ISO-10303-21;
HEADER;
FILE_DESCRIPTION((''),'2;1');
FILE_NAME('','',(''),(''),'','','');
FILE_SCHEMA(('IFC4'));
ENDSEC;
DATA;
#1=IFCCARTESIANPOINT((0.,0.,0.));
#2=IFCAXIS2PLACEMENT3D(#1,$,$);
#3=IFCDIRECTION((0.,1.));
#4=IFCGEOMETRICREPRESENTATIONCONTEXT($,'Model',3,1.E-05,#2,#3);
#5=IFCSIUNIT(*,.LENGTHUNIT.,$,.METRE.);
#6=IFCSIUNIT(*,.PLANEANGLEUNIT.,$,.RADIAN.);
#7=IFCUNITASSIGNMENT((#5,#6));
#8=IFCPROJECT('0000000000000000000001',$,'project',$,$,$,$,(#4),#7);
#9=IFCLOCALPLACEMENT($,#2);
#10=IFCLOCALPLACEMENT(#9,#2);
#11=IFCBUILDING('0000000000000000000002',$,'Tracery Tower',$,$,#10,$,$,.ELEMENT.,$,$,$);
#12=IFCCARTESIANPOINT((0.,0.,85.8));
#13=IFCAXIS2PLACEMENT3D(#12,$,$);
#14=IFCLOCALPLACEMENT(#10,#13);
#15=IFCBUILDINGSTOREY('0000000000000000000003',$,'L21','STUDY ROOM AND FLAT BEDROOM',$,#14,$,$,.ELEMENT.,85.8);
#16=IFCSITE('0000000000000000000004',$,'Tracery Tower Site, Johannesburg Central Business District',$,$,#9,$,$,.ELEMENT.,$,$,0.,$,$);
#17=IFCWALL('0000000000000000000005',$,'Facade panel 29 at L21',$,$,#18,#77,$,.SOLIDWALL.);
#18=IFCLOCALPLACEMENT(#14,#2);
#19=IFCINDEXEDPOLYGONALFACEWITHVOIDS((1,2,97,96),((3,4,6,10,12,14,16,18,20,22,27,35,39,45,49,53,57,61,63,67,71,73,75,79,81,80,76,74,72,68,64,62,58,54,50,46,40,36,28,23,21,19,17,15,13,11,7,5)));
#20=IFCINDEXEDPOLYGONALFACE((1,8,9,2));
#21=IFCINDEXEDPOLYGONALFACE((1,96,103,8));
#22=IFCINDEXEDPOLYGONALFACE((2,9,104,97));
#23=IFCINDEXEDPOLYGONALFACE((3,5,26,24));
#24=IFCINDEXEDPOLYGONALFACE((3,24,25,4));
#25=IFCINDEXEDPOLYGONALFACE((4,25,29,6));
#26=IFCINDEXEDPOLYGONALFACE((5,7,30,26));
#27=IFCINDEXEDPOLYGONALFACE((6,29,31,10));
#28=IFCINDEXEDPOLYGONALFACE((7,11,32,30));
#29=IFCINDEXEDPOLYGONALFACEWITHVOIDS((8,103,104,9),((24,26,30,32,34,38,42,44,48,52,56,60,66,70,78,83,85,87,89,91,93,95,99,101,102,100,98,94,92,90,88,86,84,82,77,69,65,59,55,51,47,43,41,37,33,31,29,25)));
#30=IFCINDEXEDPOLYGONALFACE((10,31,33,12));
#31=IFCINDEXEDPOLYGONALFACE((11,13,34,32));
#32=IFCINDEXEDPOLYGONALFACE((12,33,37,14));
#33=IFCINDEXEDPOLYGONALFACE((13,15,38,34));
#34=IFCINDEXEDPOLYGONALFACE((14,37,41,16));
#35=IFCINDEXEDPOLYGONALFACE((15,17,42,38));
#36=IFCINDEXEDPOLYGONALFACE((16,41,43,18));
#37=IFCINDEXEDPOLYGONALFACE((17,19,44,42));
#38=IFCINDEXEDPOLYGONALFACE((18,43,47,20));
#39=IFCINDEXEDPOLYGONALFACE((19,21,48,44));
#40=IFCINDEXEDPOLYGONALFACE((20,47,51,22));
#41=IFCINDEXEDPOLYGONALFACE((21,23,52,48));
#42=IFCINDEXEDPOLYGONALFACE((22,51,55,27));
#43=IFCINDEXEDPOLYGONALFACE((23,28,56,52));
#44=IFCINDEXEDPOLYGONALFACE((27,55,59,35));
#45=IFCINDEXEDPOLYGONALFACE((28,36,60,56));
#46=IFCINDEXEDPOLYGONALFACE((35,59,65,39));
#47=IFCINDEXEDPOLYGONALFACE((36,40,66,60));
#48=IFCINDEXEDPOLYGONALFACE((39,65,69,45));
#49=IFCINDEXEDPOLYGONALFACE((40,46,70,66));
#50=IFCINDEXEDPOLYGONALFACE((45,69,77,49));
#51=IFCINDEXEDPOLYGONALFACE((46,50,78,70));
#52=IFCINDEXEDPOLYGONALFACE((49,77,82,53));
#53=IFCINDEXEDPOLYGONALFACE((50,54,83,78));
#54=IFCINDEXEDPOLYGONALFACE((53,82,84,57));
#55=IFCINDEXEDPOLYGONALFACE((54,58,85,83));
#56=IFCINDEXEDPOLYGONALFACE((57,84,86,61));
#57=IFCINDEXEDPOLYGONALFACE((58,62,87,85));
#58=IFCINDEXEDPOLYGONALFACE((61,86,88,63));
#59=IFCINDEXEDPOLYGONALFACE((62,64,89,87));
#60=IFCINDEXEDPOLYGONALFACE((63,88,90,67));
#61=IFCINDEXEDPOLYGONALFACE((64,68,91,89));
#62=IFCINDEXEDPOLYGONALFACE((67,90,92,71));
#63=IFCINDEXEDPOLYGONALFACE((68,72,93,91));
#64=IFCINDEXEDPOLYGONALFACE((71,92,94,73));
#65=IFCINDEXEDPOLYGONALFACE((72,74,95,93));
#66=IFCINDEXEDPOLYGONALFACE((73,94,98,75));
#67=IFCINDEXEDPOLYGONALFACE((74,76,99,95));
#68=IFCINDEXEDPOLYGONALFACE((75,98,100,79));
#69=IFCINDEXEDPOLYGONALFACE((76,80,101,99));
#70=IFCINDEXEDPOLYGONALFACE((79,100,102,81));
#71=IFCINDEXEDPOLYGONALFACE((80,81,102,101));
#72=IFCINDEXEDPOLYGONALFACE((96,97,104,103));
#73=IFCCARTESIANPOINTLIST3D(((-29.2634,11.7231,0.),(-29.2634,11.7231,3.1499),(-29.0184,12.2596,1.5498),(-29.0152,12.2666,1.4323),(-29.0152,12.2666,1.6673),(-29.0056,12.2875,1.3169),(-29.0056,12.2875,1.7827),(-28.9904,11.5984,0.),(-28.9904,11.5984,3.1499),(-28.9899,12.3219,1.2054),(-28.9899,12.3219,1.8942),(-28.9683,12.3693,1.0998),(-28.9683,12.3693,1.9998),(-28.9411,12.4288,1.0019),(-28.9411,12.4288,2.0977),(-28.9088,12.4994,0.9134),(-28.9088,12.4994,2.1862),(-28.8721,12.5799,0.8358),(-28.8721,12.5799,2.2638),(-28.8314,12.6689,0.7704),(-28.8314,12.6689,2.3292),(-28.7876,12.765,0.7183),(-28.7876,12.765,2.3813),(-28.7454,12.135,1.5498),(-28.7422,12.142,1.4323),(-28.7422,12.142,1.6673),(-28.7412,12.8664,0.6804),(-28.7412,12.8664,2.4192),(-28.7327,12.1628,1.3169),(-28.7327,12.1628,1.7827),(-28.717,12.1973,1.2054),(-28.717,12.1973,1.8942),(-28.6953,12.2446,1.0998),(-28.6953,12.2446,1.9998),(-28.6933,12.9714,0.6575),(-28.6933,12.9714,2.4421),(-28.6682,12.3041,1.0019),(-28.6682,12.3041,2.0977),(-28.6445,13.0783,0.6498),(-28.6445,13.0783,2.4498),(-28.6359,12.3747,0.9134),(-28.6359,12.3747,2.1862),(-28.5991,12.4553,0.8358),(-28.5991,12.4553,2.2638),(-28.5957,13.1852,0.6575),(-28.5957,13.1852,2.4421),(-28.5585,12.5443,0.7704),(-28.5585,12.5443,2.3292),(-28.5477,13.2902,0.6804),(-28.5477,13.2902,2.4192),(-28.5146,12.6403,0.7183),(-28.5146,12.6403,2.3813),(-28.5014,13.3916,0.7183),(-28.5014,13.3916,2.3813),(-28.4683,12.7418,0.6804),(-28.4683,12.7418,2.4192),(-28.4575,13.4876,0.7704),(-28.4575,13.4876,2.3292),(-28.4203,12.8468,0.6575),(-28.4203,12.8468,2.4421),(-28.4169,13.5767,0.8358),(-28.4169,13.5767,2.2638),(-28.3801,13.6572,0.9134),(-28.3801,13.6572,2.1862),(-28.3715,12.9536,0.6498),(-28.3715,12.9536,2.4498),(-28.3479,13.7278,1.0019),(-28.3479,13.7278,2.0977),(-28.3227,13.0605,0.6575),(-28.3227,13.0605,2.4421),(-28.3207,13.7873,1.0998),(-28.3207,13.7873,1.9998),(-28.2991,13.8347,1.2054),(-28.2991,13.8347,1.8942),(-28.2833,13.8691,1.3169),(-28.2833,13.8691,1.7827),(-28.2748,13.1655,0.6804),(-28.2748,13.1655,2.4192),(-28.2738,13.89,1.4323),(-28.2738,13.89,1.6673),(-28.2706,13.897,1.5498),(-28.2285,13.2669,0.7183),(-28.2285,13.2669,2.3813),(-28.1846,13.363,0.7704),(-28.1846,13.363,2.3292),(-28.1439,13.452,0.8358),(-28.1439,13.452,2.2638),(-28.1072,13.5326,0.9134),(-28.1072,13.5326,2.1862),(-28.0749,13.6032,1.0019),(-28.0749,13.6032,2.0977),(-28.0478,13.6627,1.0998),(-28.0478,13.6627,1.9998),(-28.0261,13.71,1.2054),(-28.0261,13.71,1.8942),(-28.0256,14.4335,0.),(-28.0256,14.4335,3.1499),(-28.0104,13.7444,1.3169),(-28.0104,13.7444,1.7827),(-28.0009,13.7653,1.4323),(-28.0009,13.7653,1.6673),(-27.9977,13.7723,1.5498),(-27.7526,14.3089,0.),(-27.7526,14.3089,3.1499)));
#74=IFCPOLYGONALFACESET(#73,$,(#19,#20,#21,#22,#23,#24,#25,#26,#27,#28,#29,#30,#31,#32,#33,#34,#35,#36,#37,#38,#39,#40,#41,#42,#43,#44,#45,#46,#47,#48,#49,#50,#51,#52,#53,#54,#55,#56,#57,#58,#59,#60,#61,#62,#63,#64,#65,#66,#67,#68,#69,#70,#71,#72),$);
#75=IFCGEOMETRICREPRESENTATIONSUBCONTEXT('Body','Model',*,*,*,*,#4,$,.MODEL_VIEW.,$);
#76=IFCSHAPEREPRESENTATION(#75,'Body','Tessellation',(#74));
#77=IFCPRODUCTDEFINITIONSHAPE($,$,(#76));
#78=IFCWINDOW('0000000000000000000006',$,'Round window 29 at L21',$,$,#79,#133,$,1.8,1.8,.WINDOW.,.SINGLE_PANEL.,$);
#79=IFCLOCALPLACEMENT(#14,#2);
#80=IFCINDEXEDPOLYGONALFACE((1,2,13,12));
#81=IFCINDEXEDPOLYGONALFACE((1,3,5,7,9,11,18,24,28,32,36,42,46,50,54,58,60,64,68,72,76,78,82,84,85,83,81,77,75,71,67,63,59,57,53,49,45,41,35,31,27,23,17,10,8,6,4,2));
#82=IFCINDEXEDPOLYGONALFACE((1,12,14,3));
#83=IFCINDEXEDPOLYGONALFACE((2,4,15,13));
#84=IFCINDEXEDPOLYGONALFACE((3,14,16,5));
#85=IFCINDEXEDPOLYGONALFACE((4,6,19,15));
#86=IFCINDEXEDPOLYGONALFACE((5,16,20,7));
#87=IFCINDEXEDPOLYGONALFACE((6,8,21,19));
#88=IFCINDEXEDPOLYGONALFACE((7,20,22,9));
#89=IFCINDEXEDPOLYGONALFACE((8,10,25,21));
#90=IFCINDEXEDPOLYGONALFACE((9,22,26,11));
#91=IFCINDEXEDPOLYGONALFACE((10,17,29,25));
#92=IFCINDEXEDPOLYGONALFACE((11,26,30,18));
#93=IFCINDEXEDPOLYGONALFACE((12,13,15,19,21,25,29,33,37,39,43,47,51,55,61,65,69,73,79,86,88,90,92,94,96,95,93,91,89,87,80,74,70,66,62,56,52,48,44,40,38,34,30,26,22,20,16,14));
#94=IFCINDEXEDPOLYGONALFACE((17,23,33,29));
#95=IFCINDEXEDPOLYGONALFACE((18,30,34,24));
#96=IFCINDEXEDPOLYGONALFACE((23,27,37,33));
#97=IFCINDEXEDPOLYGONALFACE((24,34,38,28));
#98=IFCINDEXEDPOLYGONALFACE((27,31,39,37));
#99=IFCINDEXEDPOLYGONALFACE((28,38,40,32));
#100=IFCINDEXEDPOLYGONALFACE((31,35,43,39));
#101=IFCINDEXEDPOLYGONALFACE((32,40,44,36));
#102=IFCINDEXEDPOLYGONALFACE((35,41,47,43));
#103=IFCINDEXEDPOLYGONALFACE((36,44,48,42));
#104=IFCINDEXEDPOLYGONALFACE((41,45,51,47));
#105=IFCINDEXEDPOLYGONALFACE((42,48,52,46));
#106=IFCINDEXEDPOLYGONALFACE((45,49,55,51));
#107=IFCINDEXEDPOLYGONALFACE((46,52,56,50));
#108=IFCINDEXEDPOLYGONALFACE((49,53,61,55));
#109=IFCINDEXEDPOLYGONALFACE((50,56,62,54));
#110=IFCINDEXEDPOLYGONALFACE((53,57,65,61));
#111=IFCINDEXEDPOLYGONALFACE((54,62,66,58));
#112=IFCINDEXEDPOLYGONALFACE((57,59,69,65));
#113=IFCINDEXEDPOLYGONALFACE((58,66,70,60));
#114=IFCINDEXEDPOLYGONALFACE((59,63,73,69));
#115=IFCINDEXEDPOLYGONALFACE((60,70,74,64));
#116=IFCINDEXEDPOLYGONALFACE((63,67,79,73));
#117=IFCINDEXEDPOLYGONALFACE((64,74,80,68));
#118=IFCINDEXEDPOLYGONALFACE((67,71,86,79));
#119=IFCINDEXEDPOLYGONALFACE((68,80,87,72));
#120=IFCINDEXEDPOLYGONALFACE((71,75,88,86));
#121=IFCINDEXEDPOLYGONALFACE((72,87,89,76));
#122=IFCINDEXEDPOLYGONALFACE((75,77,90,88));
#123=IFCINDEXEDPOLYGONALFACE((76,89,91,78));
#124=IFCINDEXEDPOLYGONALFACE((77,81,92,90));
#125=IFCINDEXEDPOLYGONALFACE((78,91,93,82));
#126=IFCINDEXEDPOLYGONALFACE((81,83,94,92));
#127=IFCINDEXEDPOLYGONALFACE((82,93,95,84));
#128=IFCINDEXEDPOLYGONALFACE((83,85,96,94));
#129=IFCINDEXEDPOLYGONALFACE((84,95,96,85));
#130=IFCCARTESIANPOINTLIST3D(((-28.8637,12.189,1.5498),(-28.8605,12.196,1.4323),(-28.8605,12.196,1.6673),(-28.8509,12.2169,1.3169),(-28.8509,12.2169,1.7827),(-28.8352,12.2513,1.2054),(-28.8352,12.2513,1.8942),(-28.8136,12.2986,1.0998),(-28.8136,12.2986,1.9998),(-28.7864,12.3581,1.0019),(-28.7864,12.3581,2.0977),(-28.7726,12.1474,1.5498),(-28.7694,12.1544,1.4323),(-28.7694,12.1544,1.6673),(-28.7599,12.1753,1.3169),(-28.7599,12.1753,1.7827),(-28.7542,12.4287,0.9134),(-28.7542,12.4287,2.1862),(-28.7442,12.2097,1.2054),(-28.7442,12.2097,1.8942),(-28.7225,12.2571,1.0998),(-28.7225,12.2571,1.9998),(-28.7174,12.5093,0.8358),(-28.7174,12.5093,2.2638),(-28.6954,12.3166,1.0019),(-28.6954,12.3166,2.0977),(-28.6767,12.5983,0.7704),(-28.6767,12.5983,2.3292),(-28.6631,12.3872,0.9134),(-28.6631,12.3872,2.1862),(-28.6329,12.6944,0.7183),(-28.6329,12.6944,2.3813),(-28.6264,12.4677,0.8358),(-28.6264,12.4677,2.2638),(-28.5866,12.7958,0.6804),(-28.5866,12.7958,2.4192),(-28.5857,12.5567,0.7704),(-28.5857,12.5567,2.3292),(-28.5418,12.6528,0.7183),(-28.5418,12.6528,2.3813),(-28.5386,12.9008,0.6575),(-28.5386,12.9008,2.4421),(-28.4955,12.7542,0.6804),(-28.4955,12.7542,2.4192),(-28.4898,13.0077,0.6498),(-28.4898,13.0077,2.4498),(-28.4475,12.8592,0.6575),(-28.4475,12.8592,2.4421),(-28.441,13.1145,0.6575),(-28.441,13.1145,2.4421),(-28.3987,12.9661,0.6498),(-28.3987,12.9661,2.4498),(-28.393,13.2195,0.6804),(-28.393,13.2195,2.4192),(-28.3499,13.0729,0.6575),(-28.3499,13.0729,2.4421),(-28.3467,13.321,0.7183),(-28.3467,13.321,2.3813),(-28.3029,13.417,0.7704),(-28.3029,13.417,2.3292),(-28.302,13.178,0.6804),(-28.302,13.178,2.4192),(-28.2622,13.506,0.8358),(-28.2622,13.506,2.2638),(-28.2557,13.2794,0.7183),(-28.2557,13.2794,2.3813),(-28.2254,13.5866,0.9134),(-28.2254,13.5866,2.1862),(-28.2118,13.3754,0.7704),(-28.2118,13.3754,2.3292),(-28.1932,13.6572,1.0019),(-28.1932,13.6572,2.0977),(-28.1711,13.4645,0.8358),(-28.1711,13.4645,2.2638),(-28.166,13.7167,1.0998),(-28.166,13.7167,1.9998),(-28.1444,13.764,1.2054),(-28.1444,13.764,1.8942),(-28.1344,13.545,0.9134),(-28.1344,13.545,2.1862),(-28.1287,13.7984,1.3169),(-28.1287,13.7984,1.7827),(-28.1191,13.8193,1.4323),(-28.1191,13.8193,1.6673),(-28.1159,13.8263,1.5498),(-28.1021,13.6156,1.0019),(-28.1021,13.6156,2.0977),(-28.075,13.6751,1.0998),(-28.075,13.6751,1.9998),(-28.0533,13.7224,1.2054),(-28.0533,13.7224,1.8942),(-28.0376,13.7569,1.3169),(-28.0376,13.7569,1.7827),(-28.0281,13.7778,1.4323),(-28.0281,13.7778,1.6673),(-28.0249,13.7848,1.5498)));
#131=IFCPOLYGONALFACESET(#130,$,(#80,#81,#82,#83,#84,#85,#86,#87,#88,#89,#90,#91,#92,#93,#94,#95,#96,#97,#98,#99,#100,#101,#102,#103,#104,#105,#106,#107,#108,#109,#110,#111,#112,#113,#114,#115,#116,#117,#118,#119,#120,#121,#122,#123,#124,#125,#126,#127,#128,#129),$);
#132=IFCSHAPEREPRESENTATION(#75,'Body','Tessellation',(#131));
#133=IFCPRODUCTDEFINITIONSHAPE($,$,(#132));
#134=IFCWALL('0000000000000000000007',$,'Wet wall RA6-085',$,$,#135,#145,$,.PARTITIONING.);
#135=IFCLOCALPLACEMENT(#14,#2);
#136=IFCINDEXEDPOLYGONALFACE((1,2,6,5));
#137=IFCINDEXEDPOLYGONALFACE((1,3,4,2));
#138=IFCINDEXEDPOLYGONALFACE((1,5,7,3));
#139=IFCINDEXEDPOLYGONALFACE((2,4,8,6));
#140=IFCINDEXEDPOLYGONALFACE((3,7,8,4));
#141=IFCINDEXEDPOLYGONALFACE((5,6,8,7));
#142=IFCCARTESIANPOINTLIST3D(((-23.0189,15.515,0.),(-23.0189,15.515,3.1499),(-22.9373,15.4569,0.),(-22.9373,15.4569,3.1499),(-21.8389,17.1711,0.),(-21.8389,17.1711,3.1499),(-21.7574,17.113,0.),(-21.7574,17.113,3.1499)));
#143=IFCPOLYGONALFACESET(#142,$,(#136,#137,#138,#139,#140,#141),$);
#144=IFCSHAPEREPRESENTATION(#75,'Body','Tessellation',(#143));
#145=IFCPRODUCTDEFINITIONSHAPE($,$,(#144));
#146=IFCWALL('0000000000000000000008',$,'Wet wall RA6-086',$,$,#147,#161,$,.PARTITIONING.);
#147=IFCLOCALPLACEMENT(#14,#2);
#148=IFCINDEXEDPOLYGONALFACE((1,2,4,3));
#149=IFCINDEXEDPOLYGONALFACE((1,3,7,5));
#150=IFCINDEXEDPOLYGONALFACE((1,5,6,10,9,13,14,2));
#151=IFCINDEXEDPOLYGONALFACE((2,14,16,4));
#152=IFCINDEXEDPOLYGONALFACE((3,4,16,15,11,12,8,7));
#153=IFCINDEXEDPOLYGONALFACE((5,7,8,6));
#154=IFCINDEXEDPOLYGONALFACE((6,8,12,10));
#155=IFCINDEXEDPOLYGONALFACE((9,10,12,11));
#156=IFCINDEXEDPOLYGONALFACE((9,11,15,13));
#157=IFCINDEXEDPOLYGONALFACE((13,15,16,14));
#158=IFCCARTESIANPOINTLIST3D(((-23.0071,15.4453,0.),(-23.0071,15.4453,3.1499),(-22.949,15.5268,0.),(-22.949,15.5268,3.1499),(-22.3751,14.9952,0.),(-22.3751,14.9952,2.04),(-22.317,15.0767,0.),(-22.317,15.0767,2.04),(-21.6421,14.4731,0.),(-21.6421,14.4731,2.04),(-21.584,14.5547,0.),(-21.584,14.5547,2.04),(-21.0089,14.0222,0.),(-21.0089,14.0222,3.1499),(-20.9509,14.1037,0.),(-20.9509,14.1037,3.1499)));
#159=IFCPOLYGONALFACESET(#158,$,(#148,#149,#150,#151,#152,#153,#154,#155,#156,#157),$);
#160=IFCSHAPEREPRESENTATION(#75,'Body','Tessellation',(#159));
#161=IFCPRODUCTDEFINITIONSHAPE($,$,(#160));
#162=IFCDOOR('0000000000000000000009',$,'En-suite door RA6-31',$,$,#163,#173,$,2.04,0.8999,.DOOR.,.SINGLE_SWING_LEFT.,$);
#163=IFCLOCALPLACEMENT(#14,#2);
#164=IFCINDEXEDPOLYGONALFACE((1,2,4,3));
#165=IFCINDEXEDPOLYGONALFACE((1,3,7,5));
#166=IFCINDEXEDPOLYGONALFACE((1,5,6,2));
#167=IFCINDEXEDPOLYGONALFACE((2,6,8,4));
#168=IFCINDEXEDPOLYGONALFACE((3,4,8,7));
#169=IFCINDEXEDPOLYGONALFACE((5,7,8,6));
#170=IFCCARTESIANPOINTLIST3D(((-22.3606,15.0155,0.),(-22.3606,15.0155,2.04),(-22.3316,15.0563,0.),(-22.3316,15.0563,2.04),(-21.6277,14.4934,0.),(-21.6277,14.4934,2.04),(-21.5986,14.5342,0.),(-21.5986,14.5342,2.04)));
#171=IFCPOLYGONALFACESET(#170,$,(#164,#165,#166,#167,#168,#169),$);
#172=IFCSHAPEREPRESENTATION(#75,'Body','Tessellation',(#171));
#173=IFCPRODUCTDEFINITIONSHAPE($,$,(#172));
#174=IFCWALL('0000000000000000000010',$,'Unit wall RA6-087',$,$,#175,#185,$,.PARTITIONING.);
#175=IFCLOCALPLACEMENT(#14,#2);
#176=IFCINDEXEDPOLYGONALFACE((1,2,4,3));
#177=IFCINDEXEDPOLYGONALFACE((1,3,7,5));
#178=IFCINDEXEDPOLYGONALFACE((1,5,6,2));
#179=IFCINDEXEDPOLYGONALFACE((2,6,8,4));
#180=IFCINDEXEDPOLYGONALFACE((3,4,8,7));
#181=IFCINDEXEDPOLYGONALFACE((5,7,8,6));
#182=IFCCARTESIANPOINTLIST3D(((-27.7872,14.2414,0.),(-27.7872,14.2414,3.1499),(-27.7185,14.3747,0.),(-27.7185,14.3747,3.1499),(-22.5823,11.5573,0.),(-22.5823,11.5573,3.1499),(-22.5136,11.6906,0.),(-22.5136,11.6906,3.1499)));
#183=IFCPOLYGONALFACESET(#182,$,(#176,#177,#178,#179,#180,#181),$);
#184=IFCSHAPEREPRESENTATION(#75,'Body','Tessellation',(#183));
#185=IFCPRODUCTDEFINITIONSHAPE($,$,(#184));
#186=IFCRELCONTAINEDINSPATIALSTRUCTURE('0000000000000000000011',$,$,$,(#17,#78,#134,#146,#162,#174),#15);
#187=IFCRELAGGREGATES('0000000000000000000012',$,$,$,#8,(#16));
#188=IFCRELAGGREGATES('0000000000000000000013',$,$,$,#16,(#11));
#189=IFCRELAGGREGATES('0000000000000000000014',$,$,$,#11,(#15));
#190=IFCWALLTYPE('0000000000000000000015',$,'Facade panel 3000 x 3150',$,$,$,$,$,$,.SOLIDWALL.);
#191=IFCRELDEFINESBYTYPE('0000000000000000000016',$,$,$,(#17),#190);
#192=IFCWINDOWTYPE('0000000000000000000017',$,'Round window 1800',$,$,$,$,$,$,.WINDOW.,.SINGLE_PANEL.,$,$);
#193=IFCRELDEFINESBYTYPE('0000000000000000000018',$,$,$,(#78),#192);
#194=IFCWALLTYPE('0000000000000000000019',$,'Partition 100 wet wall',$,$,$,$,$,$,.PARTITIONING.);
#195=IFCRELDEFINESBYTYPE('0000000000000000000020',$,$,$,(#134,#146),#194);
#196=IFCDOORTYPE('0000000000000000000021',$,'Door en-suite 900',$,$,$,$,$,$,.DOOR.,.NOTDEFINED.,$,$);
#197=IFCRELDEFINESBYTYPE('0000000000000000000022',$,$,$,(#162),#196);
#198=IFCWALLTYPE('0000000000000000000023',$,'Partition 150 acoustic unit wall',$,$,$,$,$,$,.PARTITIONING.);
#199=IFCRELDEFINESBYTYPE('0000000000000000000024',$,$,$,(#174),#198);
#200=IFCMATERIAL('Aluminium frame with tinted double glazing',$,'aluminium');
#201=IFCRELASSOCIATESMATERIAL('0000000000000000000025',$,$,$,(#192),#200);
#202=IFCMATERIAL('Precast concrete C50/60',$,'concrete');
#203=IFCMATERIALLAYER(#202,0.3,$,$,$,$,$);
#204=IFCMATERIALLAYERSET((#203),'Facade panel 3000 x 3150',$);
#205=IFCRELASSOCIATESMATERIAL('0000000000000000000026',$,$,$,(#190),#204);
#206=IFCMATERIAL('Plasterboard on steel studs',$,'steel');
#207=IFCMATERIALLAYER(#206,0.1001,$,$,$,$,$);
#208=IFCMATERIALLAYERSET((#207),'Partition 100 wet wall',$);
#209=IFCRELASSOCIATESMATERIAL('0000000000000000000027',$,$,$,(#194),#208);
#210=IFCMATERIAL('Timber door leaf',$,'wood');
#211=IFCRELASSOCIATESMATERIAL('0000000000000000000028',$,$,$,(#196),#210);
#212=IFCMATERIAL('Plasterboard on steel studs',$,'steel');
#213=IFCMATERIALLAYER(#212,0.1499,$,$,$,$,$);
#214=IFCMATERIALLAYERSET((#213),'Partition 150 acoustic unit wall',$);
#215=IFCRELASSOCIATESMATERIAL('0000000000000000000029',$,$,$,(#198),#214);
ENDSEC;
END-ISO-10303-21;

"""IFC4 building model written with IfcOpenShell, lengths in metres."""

from ifc_helpers import new_model, si_unit, direction, frame, frame_2d, origin, origin_2d, place, context, subcontext, project, spatial, rectangle, circle, extrude, material, layer, layer_set, type_object, element, fill, save


model = new_model("IFC4")

# Units and contexts
model_context = context("Model", 3, precision=1e-05, world=origin(), true_north=direction((0.0, 1.0)))
body_context = subcontext(model_context, "Body", "Model", "MODEL_VIEW")
ifc_project = project(units=[si_unit("LENGTHUNIT", "METRE"), si_unit("PLANEANGLEUNIT", "RADIAN")], contexts=[model_context])

# Site, building, storey
site_placement = place(None, origin())
site = spatial("IfcSite", under=ifc_project, at=site_placement, Name="Tracery Tower Site, Johannesburg Central Business District", CompositionType="ELEMENT", RefElevation=0.0)
building_placement = place(site_placement, origin())
building = spatial("IfcBuilding", under=site, at=building_placement, Name="Tracery Tower", CompositionType="ELEMENT")
storey_placement = place(building_placement, frame((0.0, 0.0, 85.8)))
storey = spatial("IfcBuildingStorey", under=building, at=storey_placement, Name="L21", Description="STUDY ROOM AND FLAT BEDROOM", CompositionType="ELEMENT", Elevation=85.8)

# Wall, opening, window
ifc_material_1 = material(Name="Aluminium frame with tinted double glazing", Category="aluminium")
window_type = type_object("IfcWindowType", Name="Round window 1800", PartitioningType="SINGLE_PANEL", PredefinedType="WINDOW", material=ifc_material_1)
ifc_material_2 = material(Name="Precast concrete C50/60", Category="concrete")
ifc_layer_1 = layer(ifc_material_2, 0.3)
ifc_layer_set_1 = layer_set([ifc_layer_1], Name="Facade panel 3000 x 3150")
wall_type_1 = type_object("IfcWallType", Name="Facade panel 3000 x 3150", PredefinedType="SOLIDWALL", material=ifc_layer_set_1)
wall_1_placement = place(storey_placement, frame((-27.8892, 14.3711, 0.0), z_axis=(0.0, 0.0, 1.0), x_axis=(-0.415407, -0.909636, 0.0)))
wall_1 = element("IfcWall", 1, at=wall_1_placement, inside=storey, type_object=wall_type_1, Name="Facade panel 29 at L21", PredefinedType="SOLIDWALL", context=body_context, shape_type="SweptSolid", body=[
    extrude(rectangle(XDim=2.9797, YDim=0.3, at=frame_2d((1.4897, 0.0))), origin(), (0.0, 0.0, 1.0), 3.1499),
])
opening_1_placement = place(wall_1_placement, frame((1.4897, 0.0, 1.5498)))
opening_1 = element("IfcOpeningElement", 2, at=opening_1_placement, cuts=wall_1, PredefinedType="OPENING", context=body_context, shape_type="SweptSolid", body=[
    extrude(circle(Radius=0.9, at=origin_2d()), frame((0.0, 0.1599, 0.0), z_axis=(0.0, -1.0, 0.0), x_axis=(1.0, 0.0, 0.0)), (0.0, 0.0, 1.0), 0.3201),
])
window_1_placement = place(opening_1_placement, origin())
window_1 = element("IfcWindow", 3, at=window_1_placement, inside=storey, type_object=window_type, Name="Round window 29 at L21", OverallHeight=1.8, OverallWidth=1.8, PartitioningType="SINGLE_PANEL", PredefinedType="WINDOW", context=body_context, shape_type="SweptSolid", body=[
    extrude(circle(Radius=0.9, at=origin_2d()), frame((0.0, 0.1201, 0.0), z_axis=(0.0, -1.0, 0.0), x_axis=(1.0, 0.0, 0.0)), (0.0, 0.0, 1.0), 0.1001),
])
fill(opening_1, window_1)

# Wall
ifc_material_3 = material(Name="Plasterboard on steel studs", Category="steel")
ifc_layer_2 = layer(ifc_material_3, 0.1001)
ifc_layer_set_2 = layer_set([ifc_layer_2], Name="Partition 100 wet wall")
wall_type_2 = type_object("IfcWallType", Name="Partition 100 wet wall", PredefinedType="PARTITIONING", material=ifc_layer_set_2)
wall_2_placement = place(storey_placement, frame((-22.978, 15.4861, 0.0), z_axis=(0.0, 0.0, 1.0), x_axis=(0.580284, 0.814414, 0.0)))
element("IfcWall", 4, at=wall_2_placement, inside=storey, type_object=wall_type_2, Name="Wet wall RA6-085", PredefinedType="PARTITIONING", context=body_context, shape_type="SweptSolid", body=[
    extrude(rectangle(XDim=2.0334, YDim=0.1001, at=frame_2d((1.0166, 0.0))), origin(), (0.0, 0.0, 1.0), 3.1499),
])

# Wall, opening, door
wall_3_placement = place(storey_placement, frame((-22.978, 15.4861, 0.0), z_axis=(0.0, 0.0, 1.0), x_axis=(0.81452, -0.580136, 0.0)))
wall_3 = element("IfcWall", 5, at=wall_3_placement, inside=storey, type_object=wall_type_2, Name="Wet wall RA6-086", PredefinedType="PARTITIONING", context=body_context, shape_type="SweptSolid", body=[
    extrude(rectangle(XDim=2.4531, YDim=0.1001, at=frame_2d((1.2266, 0.0))), origin(), (0.0, 0.0, 1.0), 3.1499),
])
opening_2_placement = place(wall_3_placement, frame((0.7759, 0.0, 0.0)))
opening_2 = element("IfcOpeningElement", 6, at=opening_2_placement, cuts=wall_3, PredefinedType="OPENING", context=body_context, shape_type="SweptSolid", body=[
    extrude(rectangle(XDim=0.8999, YDim=2.04, at=frame_2d((0.45, 1.02))), frame((0.0, 0.05, 0.0), z_axis=(0.0, -1.0, 0.0), x_axis=(1.0, 0.0, 0.0)), (0.0, 0.0, 1.0), 0.1001),
])
ifc_material_4 = material(Name="Timber door leaf", Category="wood")
door_type = type_object("IfcDoorType", Name="Door en-suite 900", OperationType="NOTDEFINED", PredefinedType="DOOR", material=ifc_material_4)
door_placement = place(opening_2_placement, origin())
door = element("IfcDoor", 7, at=door_placement, inside=storey, type_object=door_type, Name="En-suite door RA6-31", OperationType="SINGLE_SWING_LEFT", OverallHeight=2.04, OverallWidth=0.8999, PredefinedType="DOOR", context=body_context, shape_type="SweptSolid", body=[
    extrude(rectangle(XDim=0.8999, YDim=2.04, at=frame_2d((0.45, 1.02))), frame((0.0, 0.0249, 0.0), z_axis=(0.0, -1.0, 0.0), x_axis=(1.0, 0.0, 0.0)), (0.0, 0.0, 1.0), 0.05),
])
fill(opening_2, door)

# Wall
ifc_material_5 = material(Name="Plasterboard on steel studs", Category="steel")
ifc_layer_3 = layer(ifc_material_5, 0.1499)
ifc_layer_set_3 = layer_set([ifc_layer_3], Name="Partition 150 acoustic unit wall")
wall_type_3 = type_object("IfcWallType", Name="Partition 150 acoustic unit wall", PredefinedType="PARTITIONING", material=ifc_layer_set_3)
wall_4_placement = place(storey_placement, frame((-27.7529, 14.3081, 0.0), z_axis=(0.0, 0.0, 1.0), x_axis=(0.88878, -0.458335, 0.0)))
element("IfcWall", 8, at=wall_4_placement, inside=storey, type_object=wall_type_3, Name="Unit wall RA6-087", PredefinedType="PARTITIONING", context=body_context, shape_type="SweptSolid", body=[
    extrude(rectangle(XDim=5.8562, YDim=0.1499, at=frame_2d((2.9282, 0.0))), origin(), (0.0, 0.0, 1.0), 3.1499),
])

save(model, "model.ifc")
